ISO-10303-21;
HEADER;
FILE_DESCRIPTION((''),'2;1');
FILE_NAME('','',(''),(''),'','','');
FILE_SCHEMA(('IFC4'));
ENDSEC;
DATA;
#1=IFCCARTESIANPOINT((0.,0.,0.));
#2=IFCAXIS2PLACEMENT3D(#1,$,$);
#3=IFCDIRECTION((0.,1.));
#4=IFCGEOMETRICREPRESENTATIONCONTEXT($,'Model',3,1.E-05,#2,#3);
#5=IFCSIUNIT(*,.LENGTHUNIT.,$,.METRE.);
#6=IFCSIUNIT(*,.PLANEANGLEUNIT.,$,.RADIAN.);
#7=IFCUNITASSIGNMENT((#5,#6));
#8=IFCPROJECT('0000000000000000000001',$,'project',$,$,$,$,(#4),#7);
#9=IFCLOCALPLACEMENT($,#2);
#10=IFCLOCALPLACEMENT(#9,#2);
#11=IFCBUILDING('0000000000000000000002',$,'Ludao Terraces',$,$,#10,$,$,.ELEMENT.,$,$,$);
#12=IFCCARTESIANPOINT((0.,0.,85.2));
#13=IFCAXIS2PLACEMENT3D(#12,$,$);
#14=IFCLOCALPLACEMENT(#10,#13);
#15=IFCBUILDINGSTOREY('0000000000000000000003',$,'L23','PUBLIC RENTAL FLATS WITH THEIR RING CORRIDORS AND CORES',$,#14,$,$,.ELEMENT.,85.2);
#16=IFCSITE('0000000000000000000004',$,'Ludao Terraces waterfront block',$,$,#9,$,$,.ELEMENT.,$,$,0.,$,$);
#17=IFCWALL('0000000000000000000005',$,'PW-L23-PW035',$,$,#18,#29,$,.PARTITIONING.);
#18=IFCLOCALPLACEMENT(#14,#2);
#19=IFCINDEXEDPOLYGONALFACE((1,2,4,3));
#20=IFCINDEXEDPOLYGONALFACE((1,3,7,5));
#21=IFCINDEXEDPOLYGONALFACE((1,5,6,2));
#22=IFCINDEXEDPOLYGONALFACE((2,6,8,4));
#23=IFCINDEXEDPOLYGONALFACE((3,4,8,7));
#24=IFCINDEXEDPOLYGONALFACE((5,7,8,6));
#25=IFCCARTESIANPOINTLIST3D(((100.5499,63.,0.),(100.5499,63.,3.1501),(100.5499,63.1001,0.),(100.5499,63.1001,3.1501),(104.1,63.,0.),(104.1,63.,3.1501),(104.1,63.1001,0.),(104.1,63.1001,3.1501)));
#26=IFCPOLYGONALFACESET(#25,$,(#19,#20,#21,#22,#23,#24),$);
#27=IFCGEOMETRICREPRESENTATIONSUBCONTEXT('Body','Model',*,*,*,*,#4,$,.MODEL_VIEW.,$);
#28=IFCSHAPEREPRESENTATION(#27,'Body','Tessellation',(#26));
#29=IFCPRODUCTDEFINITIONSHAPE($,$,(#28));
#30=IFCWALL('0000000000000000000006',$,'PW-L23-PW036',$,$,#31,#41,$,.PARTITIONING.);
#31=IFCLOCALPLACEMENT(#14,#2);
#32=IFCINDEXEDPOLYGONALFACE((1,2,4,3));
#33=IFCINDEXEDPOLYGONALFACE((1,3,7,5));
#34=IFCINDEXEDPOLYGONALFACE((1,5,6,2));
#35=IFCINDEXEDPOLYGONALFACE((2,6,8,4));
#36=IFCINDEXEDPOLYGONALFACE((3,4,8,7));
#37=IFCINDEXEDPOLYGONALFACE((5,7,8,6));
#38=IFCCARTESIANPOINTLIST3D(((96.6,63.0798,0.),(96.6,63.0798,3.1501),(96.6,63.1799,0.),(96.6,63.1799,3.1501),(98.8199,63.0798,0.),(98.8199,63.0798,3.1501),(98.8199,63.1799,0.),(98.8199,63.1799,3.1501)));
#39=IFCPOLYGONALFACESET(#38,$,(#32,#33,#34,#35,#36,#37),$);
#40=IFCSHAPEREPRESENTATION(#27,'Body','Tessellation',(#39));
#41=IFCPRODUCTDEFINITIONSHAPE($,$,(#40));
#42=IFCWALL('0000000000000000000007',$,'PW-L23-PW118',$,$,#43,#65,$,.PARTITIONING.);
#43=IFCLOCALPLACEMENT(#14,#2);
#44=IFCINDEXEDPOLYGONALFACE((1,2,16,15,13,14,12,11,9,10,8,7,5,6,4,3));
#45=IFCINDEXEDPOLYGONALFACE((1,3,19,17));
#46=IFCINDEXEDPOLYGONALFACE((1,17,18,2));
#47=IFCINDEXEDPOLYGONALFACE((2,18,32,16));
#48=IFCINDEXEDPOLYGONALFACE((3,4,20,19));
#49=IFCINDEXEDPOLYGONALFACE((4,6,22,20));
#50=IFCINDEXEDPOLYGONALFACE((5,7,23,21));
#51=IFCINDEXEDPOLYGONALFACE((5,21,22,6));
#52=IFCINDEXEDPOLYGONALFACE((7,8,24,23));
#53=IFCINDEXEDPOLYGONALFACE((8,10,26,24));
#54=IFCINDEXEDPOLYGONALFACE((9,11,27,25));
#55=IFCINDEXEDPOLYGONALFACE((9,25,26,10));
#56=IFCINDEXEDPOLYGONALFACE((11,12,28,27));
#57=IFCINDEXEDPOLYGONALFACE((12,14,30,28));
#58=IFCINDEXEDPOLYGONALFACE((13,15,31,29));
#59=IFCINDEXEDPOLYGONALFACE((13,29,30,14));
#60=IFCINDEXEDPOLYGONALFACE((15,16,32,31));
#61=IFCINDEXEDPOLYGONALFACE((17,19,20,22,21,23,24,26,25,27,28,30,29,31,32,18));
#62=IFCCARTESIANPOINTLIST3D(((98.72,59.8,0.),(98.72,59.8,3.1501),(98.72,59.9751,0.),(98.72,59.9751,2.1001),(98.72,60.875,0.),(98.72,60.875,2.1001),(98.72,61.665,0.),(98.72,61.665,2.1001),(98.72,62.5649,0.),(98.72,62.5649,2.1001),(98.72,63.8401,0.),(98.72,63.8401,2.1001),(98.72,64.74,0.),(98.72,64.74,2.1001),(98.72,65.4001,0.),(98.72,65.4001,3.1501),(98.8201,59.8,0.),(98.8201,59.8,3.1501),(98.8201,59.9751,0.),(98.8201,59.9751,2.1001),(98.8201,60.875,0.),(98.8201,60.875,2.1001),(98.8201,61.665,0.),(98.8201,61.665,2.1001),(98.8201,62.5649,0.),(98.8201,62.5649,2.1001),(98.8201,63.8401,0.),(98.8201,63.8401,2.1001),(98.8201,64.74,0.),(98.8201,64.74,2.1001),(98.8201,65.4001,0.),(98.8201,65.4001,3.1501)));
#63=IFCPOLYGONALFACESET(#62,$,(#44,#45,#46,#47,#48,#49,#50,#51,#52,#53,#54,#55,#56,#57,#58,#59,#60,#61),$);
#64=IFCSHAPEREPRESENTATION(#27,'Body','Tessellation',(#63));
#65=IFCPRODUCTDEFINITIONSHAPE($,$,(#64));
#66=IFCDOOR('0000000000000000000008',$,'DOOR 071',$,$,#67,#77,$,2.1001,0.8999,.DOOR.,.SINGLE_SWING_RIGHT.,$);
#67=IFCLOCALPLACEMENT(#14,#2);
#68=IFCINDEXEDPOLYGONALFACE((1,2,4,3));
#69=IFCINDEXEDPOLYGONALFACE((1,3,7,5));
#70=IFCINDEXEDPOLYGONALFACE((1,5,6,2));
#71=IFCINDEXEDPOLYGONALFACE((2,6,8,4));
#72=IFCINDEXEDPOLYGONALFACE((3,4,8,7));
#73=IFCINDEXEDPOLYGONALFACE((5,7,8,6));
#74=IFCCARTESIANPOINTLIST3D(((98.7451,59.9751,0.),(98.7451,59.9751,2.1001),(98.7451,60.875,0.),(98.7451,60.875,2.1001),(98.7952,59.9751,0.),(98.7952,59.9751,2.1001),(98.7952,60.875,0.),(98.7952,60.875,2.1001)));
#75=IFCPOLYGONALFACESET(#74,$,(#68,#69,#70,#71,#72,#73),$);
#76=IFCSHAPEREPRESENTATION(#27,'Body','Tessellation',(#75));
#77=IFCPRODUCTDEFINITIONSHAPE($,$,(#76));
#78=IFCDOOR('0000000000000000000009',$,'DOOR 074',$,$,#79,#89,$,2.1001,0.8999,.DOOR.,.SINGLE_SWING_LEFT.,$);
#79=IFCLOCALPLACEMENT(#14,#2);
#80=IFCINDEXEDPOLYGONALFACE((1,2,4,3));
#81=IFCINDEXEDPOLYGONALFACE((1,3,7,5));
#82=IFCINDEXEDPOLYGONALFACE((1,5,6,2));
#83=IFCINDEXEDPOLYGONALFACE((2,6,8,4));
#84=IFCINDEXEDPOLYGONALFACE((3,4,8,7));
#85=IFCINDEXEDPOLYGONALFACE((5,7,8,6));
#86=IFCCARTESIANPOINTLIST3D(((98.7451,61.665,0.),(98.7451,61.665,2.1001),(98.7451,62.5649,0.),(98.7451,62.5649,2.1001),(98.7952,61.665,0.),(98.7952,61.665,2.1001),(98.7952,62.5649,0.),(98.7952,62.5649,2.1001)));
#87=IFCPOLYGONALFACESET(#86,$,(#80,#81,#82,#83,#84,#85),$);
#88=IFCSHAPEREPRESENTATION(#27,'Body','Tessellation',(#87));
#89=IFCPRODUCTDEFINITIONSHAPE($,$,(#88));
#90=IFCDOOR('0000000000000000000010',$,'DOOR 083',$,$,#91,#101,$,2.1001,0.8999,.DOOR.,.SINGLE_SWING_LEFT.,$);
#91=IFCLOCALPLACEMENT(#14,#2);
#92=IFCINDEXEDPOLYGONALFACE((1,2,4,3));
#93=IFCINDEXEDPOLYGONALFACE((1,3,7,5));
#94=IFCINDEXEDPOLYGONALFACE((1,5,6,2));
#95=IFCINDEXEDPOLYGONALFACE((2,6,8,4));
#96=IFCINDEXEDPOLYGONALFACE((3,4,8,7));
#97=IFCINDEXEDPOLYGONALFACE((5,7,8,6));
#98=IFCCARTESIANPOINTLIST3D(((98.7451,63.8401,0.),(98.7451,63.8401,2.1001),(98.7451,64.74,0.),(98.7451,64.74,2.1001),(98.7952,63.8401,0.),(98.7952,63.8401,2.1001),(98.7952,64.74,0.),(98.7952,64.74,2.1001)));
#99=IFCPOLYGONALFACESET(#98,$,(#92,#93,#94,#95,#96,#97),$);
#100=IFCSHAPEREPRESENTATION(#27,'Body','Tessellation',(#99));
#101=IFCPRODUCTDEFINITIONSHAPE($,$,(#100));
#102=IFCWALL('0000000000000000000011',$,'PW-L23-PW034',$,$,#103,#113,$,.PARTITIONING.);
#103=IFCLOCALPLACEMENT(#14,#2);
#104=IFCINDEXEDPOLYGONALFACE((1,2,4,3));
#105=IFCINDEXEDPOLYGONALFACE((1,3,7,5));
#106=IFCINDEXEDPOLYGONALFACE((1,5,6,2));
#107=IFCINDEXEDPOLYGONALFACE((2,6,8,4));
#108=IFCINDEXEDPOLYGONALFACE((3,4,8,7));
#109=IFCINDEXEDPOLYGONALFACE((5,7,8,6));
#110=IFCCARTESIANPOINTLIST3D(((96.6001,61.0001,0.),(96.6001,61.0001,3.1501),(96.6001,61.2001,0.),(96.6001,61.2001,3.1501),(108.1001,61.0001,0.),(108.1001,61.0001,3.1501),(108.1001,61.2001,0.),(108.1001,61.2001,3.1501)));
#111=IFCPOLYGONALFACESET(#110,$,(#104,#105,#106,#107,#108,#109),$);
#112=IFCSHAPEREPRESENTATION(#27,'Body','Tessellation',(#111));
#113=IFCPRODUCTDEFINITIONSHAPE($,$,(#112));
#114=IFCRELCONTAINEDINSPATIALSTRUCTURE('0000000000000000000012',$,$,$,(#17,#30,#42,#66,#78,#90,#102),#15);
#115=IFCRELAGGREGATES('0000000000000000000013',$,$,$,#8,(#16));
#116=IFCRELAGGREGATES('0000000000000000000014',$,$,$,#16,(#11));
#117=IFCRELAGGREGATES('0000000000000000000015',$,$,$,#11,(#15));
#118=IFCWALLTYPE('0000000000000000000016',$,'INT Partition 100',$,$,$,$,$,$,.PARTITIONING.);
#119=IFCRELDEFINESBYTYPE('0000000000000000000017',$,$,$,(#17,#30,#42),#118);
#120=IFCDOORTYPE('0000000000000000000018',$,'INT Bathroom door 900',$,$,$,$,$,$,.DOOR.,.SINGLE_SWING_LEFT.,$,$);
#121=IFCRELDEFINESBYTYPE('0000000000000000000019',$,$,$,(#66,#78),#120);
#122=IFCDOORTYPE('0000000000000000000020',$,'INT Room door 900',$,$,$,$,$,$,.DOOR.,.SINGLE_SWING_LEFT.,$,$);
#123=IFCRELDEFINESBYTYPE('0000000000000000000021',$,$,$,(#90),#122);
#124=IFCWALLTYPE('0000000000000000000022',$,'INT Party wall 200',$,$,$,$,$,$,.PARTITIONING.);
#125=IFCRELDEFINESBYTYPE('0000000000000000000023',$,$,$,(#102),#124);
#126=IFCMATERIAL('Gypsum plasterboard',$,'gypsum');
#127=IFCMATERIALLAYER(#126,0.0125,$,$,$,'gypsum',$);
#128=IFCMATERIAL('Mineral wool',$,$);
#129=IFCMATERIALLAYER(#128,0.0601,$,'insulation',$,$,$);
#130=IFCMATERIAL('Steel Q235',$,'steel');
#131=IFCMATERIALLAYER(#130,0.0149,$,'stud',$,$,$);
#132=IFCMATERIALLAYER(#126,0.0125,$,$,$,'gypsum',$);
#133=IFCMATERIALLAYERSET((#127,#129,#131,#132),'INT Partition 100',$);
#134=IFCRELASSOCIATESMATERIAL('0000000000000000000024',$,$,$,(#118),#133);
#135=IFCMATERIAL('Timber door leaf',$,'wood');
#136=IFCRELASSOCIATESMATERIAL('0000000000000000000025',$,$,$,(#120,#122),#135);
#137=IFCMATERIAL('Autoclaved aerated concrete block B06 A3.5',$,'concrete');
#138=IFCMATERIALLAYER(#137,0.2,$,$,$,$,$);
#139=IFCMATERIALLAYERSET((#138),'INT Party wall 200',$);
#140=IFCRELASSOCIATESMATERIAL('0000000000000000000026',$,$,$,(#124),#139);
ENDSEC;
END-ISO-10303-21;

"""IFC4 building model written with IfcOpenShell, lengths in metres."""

from ifc_helpers import new_model, si_unit, direction, frame, frame_2d, origin, place, context, subcontext, project, spatial, rectangle, extrude, material, layer, layer_set, type_object, element, fill, save


model = new_model("IFC4")

# Units and contexts
model_context = context("Model", 3, precision=1e-05, world=origin(), true_north=direction((0.0, 1.0)))
body_context = subcontext(model_context, "Body", "Model", "MODEL_VIEW")
ifc_project = project(units=[si_unit("LENGTHUNIT", "METRE"), si_unit("PLANEANGLEUNIT", "RADIAN")], contexts=[model_context])

# Site, building, storey
site_placement = place(None, origin())
site = spatial("IfcSite", under=ifc_project, at=site_placement, Name="Ludao Terraces waterfront block", CompositionType="ELEMENT", RefElevation=0.0)
building_placement = place(site_placement, origin())
building = spatial("IfcBuilding", under=site, at=building_placement, Name="Ludao Terraces", CompositionType="ELEMENT")
storey_placement = place(building_placement, frame((0.0, 0.0, 85.2)))
storey = spatial("IfcBuildingStorey", under=building, at=storey_placement, Name="L23", Description="PUBLIC RENTAL FLATS WITH THEIR RING CORRIDORS AND CORES", CompositionType="ELEMENT", Elevation=85.2)

# Shared definitions
ifc_material_1 = material(Name="Autoclaved aerated concrete block B06 A3.5", Category="concrete")
ifc_material_2 = material(Name="Steel Q235", Category="steel")

# Walls
ifc_material_3 = material(Name="Gypsum plasterboard", Category="gypsum")
ifc_layer_1 = layer(ifc_material_3, 0.0125, Category="gypsum")
ifc_material_4 = material(Name="Mineral wool")
ifc_layer_2 = layer(ifc_material_4, 0.0601, Name="insulation")
ifc_layer_3 = layer(ifc_material_2, 0.0149, Name="stud")
ifc_layer_4 = layer(ifc_material_3, 0.0125, Category="gypsum")
ifc_layer_set_1 = layer_set([ifc_layer_1, ifc_layer_2, ifc_layer_3, ifc_layer_4], Name="INT Partition 100")
wall_type_1 = type_object("IfcWallType", Name="INT Partition 100", PredefinedType="PARTITIONING", material=ifc_layer_set_1)
wall_1_placement = place(storey_placement, frame((100.55, 63.05, 0.0), z_axis=(0.0, 0.0, 1.0), x_axis=(1.0, 0.0, 0.0)))
element("IfcWall", 1, at=wall_1_placement, inside=storey, type_object=wall_type_1, Name="PW-L23-PW035", PredefinedType="PARTITIONING", context=body_context, shape_type="SweptSolid", body=[
    extrude(rectangle(XDim=3.55, YDim=0.1001, at=frame_2d((1.7749, 0.0))), origin(), (0.0, 0.0, 1.0), 3.1501),
])
wall_2_placement = place(storey_placement, frame((96.6001, 63.1299, 0.0), z_axis=(0.0, 0.0, 1.0), x_axis=(1.0, 0.0, 0.0)))
element("IfcWall", 2, at=wall_2_placement, inside=storey, type_object=wall_type_1, Name="PW-L23-PW036", PredefinedType="PARTITIONING", context=body_context, shape_type="SweptSolid", body=[
    extrude(rectangle(XDim=2.22, YDim=0.1001, at=frame_2d((1.1099, 0.0))), origin(), (0.0, 0.0, 1.0), 3.1501),
])

# Wall, openings, doors
wall_3_placement = place(storey_placement, frame((98.77, 59.8, 0.0), z_axis=(0.0, 0.0, 1.0), x_axis=(0.0, 1.0, 0.0)))
wall_3 = element("IfcWall", 3, at=wall_3_placement, inside=storey, type_object=wall_type_1, Name="PW-L23-PW118", PredefinedType="PARTITIONING", context=body_context, shape_type="SweptSolid", body=[
    extrude(rectangle(XDim=5.6001, YDim=0.1001, at=frame_2d((2.8, 0.0))), origin(), (0.0, 0.0, 1.0), 3.1501),
])
opening_1_placement = place(wall_3_placement, frame((0.175, 0.0, 0.0)))
opening_1 = element("IfcOpeningElement", 4, at=opening_1_placement, cuts=wall_3, PredefinedType="OPENING", context=body_context, shape_type="SweptSolid", body=[
    extrude(rectangle(XDim=0.8999, YDim=2.1001, at=frame_2d((0.45, 1.05))), frame((0.0, 0.0601, 0.0), z_axis=(0.0, -1.0, 0.0), x_axis=(1.0, 0.0, 0.0)), (0.0, 0.0, 1.0), 0.1201),
])
opening_2_placement = place(wall_3_placement, frame((1.865, 0.0, 0.0)))
opening_2 = element("IfcOpeningElement", 5, at=opening_2_placement, cuts=wall_3, PredefinedType="OPENING", context=body_context, shape_type="SweptSolid", body=[
    extrude(rectangle(XDim=0.8999, YDim=2.1001, at=frame_2d((0.45, 1.05))), frame((0.0, 0.0601, 0.0), z_axis=(0.0, -1.0, 0.0), x_axis=(1.0, 0.0, 0.0)), (0.0, 0.0, 1.0), 0.1201),
])
opening_3_placement = place(wall_3_placement, frame((4.04, 0.0, 0.0)))
opening_3 = element("IfcOpeningElement", 6, at=opening_3_placement, cuts=wall_3, PredefinedType="OPENING", context=body_context, shape_type="SweptSolid", body=[
    extrude(rectangle(XDim=0.8999, YDim=2.1001, at=frame_2d((0.45, 1.05))), frame((0.0, 0.0601, 0.0), z_axis=(0.0, -1.0, 0.0), x_axis=(1.0, 0.0, 0.0)), (0.0, 0.0, 1.0), 0.1201),
])
ifc_material_5 = material(Name="Timber door leaf", Category="wood")
door_type_1 = type_object("IfcDoorType", Name="INT Bathroom door 900", OperationType="SINGLE_SWING_LEFT", PredefinedType="DOOR", material=ifc_material_5)
door_1_placement = place(opening_1_placement, origin())
door_1 = element("IfcDoor", 7, at=door_1_placement, inside=storey, type_object=door_type_1, Name="DOOR 071", OperationType="SINGLE_SWING_RIGHT", OverallHeight=2.1001, OverallWidth=0.8999, PredefinedType="DOOR", context=body_context, shape_type="SweptSolid", body=[
    extrude(rectangle(XDim=0.8999, YDim=2.1001, at=frame_2d((0.45, 1.05))), frame((0.0, 0.0249, 0.0), z_axis=(0.0, -1.0, 0.0), x_axis=(1.0, 0.0, 0.0)), (0.0, 0.0, 1.0), 0.05),
])
fill(opening_1, door_1)
door_2_placement = place(opening_2_placement, origin())
door_2 = element("IfcDoor", 8, at=door_2_placement, inside=storey, type_object=door_type_1, Name="DOOR 074", OperationType="SINGLE_SWING_LEFT", OverallHeight=2.1001, OverallWidth=0.8999, PredefinedType="DOOR", context=body_context, shape_type="SweptSolid", body=[
    extrude(rectangle(XDim=0.8999, YDim=2.1001, at=frame_2d((0.45, 1.05))), frame((0.0, 0.0249, 0.0), z_axis=(0.0, -1.0, 0.0), x_axis=(1.0, 0.0, 0.0)), (0.0, 0.0, 1.0), 0.05),
])
fill(opening_2, door_2)
door_type_2 = type_object("IfcDoorType", Name="INT Room door 900", OperationType="SINGLE_SWING_LEFT", PredefinedType="DOOR", material=ifc_material_5)
door_3_placement = place(opening_3_placement, origin())
door_3 = element("IfcDoor", 9, at=door_3_placement, inside=storey, type_object=door_type_2, Name="DOOR 083", OperationType="SINGLE_SWING_LEFT", OverallHeight=2.1001, OverallWidth=0.8999, PredefinedType="DOOR", context=body_context, shape_type="SweptSolid", body=[
    extrude(rectangle(XDim=0.8999, YDim=2.1001, at=frame_2d((0.45, 1.05))), frame((0.0, 0.0249, 0.0), z_axis=(0.0, -1.0, 0.0), x_axis=(1.0, 0.0, 0.0)), (0.0, 0.0, 1.0), 0.05),
])
fill(opening_3, door_3)

# Wall
ifc_layer_5 = layer(ifc_material_1, 0.2)
ifc_layer_set_2 = layer_set([ifc_layer_5], Name="INT Party wall 200")
wall_type_2 = type_object("IfcWallType", Name="INT Party wall 200", PredefinedType="PARTITIONING", material=ifc_layer_set_2)
wall_4_placement = place(storey_placement, frame((96.6001, 61.1001, 0.0), z_axis=(0.0, 0.0, 1.0), x_axis=(1.0, 0.0, 0.0)))
element("IfcWall", 10, at=wall_4_placement, inside=storey, type_object=wall_type_2, Name="PW-L23-PW034", PredefinedType="PARTITIONING", context=body_context, shape_type="SweptSolid", body=[
    extrude(rectangle(XDim=11.5, YDim=0.2, at=frame_2d((5.75, 0.0))), origin(), (0.0, 0.0, 1.0), 3.1501),
])

save(model, "model.ifc")
